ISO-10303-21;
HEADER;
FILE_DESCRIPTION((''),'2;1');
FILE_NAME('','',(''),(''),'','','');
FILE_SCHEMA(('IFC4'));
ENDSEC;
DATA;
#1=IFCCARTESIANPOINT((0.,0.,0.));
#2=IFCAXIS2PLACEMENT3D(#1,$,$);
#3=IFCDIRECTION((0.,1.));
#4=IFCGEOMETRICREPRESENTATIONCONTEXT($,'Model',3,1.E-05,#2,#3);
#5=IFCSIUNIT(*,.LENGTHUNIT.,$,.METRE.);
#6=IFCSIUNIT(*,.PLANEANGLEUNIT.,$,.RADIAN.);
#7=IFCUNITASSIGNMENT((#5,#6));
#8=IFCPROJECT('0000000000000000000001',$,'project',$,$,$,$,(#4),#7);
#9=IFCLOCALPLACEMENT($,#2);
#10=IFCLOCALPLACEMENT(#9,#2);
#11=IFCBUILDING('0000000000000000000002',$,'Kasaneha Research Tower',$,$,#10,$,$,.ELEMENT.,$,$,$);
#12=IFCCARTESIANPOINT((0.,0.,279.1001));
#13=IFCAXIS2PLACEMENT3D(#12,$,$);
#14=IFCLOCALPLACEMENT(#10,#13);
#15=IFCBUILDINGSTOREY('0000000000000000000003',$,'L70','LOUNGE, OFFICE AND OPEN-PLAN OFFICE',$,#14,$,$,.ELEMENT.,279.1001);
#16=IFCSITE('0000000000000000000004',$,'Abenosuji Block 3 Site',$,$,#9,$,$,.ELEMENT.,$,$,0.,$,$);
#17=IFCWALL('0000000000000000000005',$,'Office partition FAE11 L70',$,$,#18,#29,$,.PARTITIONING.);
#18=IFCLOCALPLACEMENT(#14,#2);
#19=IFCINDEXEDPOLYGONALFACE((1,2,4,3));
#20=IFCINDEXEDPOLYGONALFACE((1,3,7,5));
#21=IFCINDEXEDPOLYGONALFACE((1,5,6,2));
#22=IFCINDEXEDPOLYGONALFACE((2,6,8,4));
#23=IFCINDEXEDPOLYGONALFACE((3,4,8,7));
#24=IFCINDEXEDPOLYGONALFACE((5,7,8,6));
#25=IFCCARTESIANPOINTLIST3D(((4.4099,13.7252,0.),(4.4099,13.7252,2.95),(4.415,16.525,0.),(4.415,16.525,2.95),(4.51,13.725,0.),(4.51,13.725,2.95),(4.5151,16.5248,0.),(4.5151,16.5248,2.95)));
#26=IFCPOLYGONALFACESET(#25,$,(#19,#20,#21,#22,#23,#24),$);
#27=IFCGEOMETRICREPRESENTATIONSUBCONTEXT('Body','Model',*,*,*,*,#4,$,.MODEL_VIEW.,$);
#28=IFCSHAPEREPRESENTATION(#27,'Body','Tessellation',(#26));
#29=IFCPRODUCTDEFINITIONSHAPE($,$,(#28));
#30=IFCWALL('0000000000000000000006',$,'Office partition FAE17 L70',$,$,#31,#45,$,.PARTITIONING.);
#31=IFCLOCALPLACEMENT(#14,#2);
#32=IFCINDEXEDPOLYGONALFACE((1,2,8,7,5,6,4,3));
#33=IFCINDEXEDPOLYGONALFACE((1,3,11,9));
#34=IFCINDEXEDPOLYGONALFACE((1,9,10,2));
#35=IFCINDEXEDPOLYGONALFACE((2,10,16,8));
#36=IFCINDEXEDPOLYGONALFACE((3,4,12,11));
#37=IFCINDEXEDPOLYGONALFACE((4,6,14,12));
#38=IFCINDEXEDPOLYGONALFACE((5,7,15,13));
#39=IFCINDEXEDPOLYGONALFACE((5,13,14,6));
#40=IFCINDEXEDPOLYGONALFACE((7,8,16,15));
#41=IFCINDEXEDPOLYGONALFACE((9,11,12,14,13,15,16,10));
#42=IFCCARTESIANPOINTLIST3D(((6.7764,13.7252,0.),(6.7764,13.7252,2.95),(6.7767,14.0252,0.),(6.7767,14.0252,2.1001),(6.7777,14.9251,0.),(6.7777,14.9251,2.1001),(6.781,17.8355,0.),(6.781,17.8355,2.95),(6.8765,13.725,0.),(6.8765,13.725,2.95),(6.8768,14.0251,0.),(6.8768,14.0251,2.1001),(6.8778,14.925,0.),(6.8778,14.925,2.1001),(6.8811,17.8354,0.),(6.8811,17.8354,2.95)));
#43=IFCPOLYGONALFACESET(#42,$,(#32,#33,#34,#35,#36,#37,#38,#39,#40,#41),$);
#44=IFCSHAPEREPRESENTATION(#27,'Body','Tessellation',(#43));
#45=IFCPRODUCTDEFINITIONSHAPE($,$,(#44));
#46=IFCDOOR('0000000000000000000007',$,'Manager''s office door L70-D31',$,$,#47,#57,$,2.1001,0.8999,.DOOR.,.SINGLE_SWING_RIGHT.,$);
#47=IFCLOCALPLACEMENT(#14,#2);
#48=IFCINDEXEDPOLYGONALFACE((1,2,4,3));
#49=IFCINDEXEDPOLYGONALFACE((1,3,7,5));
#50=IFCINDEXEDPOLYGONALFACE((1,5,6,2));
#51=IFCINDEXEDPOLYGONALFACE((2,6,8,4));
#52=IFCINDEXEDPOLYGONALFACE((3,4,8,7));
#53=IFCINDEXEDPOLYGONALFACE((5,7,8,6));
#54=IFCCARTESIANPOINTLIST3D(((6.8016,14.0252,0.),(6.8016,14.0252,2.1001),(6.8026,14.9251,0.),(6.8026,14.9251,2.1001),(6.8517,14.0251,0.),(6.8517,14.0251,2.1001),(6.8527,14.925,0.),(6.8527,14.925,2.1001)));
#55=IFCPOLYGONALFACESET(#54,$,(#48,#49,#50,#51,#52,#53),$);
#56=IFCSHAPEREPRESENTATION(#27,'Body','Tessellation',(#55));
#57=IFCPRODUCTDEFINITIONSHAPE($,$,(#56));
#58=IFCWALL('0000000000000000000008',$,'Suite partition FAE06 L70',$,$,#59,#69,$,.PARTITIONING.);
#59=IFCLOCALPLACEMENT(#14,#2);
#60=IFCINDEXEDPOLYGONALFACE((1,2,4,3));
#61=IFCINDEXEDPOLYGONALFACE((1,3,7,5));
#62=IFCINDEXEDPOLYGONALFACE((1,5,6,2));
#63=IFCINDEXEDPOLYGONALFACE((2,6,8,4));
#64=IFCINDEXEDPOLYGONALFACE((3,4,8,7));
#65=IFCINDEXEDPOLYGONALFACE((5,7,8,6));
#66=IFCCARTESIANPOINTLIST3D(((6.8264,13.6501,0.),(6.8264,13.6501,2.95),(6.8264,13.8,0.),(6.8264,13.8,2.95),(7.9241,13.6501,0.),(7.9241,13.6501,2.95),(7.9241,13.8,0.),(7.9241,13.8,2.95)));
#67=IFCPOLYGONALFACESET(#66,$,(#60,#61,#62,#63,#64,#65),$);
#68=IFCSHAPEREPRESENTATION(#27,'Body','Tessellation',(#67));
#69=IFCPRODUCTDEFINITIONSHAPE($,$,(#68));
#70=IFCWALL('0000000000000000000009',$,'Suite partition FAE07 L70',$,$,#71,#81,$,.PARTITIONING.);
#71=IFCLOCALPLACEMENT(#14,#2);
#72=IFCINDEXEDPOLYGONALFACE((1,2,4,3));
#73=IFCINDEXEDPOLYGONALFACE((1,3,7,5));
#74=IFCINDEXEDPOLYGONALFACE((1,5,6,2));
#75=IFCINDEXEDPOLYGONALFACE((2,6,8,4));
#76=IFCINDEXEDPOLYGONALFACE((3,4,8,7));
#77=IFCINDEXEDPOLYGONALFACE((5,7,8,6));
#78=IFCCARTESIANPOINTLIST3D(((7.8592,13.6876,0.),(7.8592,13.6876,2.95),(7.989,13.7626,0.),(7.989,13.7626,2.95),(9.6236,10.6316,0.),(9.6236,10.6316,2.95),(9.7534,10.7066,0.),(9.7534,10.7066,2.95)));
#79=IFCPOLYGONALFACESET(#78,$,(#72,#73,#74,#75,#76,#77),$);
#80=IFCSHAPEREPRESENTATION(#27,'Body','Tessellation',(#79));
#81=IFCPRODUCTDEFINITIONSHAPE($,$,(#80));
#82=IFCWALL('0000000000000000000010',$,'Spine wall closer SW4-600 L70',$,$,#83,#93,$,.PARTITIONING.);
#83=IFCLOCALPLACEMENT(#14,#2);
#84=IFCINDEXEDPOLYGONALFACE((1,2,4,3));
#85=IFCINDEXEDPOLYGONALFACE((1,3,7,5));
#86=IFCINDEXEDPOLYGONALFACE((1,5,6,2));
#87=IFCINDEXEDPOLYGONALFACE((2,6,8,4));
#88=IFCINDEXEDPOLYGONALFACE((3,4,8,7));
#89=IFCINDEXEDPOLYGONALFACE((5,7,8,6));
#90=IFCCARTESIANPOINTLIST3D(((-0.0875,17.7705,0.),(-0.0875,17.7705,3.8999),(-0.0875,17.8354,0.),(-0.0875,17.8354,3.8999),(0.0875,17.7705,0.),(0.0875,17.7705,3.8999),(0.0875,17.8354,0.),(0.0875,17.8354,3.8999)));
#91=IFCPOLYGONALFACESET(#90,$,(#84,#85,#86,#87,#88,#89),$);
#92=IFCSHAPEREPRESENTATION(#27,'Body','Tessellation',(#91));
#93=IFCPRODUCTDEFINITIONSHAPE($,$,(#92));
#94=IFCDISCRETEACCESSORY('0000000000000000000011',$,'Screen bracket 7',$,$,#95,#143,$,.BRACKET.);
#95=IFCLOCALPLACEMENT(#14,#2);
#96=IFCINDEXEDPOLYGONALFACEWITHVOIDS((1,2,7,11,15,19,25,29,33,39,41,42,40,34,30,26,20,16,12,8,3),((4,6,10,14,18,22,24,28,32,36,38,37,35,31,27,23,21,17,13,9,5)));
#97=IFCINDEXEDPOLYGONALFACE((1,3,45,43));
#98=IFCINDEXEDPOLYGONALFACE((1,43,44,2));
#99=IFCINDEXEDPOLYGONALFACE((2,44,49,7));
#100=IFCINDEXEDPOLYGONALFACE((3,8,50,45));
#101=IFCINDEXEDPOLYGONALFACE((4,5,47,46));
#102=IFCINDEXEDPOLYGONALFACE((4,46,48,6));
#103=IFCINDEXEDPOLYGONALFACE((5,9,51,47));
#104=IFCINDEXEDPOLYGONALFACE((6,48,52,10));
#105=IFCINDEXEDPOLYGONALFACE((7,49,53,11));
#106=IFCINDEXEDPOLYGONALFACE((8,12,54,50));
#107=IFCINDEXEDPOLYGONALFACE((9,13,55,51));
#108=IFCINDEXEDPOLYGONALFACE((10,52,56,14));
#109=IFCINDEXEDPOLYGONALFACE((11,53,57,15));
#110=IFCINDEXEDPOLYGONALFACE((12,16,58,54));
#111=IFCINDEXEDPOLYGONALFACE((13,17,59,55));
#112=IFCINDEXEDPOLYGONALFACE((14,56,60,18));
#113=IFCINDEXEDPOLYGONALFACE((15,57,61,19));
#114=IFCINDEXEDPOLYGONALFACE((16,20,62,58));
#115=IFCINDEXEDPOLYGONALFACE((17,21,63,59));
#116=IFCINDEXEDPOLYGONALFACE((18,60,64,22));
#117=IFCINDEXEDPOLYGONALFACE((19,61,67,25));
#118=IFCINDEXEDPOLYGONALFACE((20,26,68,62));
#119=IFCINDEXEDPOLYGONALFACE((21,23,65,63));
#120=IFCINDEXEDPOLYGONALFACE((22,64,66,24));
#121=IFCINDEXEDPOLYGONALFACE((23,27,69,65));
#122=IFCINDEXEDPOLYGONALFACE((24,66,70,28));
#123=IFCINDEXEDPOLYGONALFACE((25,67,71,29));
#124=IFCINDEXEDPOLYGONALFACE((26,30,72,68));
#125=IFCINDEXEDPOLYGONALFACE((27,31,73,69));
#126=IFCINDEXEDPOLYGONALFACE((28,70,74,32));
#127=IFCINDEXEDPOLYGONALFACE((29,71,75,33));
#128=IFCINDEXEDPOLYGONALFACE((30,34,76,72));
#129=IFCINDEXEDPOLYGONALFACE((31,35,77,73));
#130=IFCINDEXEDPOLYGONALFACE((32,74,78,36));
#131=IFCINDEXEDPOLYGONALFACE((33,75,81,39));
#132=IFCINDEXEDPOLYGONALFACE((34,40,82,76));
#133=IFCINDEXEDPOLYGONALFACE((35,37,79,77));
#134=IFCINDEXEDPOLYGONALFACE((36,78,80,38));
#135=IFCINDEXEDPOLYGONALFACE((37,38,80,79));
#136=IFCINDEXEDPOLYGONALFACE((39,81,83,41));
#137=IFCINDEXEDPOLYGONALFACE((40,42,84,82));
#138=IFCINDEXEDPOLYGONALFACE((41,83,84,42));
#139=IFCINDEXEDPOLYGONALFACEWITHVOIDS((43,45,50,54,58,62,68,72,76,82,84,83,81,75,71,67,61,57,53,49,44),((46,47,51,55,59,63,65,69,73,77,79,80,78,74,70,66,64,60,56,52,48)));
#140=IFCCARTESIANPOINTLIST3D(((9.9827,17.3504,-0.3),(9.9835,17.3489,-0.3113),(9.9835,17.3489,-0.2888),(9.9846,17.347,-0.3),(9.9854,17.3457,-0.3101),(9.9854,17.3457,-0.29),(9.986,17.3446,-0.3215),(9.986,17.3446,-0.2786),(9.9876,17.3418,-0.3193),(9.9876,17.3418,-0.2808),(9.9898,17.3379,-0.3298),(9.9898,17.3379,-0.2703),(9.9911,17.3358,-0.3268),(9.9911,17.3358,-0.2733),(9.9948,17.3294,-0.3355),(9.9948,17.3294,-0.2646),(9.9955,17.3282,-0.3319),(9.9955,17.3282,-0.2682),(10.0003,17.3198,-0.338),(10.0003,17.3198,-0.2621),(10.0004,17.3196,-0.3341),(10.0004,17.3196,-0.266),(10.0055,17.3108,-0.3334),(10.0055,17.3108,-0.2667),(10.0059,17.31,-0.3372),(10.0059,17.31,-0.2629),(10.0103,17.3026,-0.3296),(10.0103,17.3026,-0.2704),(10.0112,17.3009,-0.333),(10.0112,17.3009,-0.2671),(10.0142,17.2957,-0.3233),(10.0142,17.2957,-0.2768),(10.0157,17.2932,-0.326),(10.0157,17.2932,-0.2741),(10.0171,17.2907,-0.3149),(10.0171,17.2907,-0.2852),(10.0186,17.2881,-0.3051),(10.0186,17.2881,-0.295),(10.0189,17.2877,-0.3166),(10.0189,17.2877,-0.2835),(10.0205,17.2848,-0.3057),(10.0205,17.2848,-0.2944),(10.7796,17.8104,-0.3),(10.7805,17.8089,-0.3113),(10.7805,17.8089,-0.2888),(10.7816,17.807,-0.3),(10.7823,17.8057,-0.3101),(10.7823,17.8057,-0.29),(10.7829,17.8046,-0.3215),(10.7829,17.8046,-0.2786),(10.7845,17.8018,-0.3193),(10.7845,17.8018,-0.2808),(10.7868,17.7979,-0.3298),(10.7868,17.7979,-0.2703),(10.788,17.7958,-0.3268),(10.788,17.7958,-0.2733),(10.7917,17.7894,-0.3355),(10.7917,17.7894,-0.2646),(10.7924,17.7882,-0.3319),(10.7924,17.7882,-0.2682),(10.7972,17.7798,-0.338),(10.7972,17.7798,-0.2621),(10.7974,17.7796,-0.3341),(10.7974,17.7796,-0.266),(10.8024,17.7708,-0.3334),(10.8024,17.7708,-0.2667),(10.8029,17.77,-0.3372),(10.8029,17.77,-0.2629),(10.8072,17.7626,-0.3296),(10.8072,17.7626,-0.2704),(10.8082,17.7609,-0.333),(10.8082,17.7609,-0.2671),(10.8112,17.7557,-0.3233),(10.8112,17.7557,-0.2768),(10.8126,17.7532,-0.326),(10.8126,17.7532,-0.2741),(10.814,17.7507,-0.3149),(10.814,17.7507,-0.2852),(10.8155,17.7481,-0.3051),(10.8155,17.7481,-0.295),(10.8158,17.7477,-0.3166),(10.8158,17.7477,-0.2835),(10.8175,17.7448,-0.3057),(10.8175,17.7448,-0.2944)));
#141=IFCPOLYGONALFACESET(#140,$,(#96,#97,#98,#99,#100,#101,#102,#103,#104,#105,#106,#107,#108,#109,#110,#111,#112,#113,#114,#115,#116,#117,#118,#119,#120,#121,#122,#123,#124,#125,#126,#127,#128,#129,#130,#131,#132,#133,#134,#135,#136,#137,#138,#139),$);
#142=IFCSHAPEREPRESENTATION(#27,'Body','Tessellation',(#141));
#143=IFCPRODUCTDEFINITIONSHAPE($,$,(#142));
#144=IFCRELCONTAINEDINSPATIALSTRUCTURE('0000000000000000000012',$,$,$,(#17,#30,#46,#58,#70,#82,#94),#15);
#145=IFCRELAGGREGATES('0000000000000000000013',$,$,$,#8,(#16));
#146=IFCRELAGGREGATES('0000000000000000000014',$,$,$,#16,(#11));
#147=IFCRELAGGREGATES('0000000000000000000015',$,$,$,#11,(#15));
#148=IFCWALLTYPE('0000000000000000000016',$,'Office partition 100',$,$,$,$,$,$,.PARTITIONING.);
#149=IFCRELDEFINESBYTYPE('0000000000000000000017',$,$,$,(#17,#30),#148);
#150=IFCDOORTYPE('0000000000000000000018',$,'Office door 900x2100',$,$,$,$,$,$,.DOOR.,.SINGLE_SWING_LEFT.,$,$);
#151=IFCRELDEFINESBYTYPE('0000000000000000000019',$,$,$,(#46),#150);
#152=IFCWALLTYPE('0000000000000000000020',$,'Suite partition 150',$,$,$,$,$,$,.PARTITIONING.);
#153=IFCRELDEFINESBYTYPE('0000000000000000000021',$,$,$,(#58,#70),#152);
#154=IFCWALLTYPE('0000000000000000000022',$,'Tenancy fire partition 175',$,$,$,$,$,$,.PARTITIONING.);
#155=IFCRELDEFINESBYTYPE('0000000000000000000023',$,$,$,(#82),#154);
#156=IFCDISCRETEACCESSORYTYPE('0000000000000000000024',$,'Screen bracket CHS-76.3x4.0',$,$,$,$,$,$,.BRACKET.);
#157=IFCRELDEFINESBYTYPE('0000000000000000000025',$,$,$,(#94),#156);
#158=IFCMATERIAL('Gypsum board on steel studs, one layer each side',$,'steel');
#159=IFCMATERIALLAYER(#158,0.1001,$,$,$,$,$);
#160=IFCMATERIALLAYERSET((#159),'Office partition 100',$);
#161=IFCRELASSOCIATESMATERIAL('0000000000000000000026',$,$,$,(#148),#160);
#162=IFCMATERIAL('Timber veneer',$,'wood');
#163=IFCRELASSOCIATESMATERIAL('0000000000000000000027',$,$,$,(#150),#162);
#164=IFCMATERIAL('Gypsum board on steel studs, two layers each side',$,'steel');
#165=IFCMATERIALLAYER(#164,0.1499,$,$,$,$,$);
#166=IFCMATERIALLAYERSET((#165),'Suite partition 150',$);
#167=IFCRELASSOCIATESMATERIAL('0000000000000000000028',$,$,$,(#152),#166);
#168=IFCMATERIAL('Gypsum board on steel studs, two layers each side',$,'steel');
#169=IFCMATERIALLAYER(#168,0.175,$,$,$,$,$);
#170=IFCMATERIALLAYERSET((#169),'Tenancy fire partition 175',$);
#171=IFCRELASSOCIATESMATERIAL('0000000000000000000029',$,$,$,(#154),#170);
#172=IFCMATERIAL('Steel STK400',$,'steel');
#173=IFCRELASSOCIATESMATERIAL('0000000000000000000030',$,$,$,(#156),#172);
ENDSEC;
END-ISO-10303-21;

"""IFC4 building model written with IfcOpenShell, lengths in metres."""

from ifc_helpers import new_model, si_unit, direction, frame, frame_2d, origin, origin_2d, place, context, subcontext, project, spatial, rectangle, hollow_circle, extrude, material, layer, layer_set, material_profile, profile_set, type_object, element, fill, save


model = new_model("IFC4")

# Units and contexts
model_context = context("Model", 3, precision=1e-05, world=origin(), true_north=direction((0.0, 1.0)))
body_context = subcontext(model_context, "Body", "Model", "MODEL_VIEW")
ifc_project = project(units=[si_unit("LENGTHUNIT", "METRE"), si_unit("PLANEANGLEUNIT", "RADIAN")], contexts=[model_context])

# Site, building, storey
site_placement = place(None, origin())
site = spatial("IfcSite", under=ifc_project, at=site_placement, Name="Abenosuji Block 3 Site", CompositionType="ELEMENT", RefElevation=0.0)
building_placement = place(site_placement, origin())
building = spatial("IfcBuilding", under=site, at=building_placement, Name="Kasaneha Research Tower", CompositionType="ELEMENT")
storey_placement = place(building_placement, frame((0.0, 0.0, 279.1001)))
storey = spatial("IfcBuildingStorey", under=building, at=storey_placement, Name="L70", Description="LOUNGE, OFFICE AND OPEN-PLAN OFFICE", CompositionType="ELEMENT", Elevation=279.1001)

# Wall
ifc_material_1 = material(Name="Gypsum board on steel studs, one layer each side", Category="steel")
ifc_layer_1 = layer(ifc_material_1, 0.1001)
ifc_layer_set_1 = layer_set([ifc_layer_1], Name="Office partition 100")
wall_type_1 = type_object("IfcWallType", Name="Office partition 100", PredefinedType="PARTITIONING", material=ifc_layer_set_1)
wall_1_placement = place(storey_placement, frame((4.4651, 16.5249, 0.0), z_axis=(0.0, 0.0, 1.0), x_axis=(-0.001831, -0.999998, 0.0)))
element("IfcWall", 1, at=wall_1_placement, inside=storey, type_object=wall_type_1, Name="Office partition FAE11 L70", PredefinedType="PARTITIONING", context=body_context, shape_type="SweptSolid", body=[
    extrude(rectangle(XDim=2.7998, YDim=0.1001, at=frame_2d((1.3999, 0.0))), origin(), (0.0, 0.0, 1.0), 2.95),
])

# Wall, opening, door
wall_2_placement = place(storey_placement, frame((6.8311, 17.8354, 0.0), z_axis=(0.0, 0.0, 1.0), x_axis=(-0.001129, -0.999999, 0.0)))
wall_2 = element("IfcWall", 2, at=wall_2_placement, inside=storey, type_object=wall_type_1, Name="Office partition FAE17 L70", PredefinedType="PARTITIONING", context=body_context, shape_type="SweptSolid", body=[
    extrude(rectangle(XDim=4.1104, YDim=0.1001, at=frame_2d((2.0552, 0.0))), origin(), (0.0, 0.0, 1.0), 2.95),
])
opening_placement = place(wall_2_placement, frame((2.9104, 0.0, 0.0)))
opening = element("IfcOpeningElement", 3, at=opening_placement, cuts=wall_2, PredefinedType="OPENING", context=body_context, shape_type="SweptSolid", body=[
    extrude(rectangle(XDim=0.8999, YDim=2.1001, at=frame_2d((0.45, 1.05))), frame((0.0, 0.0601, 0.0), z_axis=(0.0, -1.0, 0.0), x_axis=(1.0, 0.0, 0.0)), (0.0, 0.0, 1.0), 0.1201),
])
ifc_material_2 = material(Name="Timber veneer", Category="wood")
door_type = type_object("IfcDoorType", Name="Office door 900x2100", OperationType="SINGLE_SWING_LEFT", PredefinedType="DOOR", material=ifc_material_2)
door_placement = place(opening_placement, origin())
door = element("IfcDoor", 4, at=door_placement, inside=storey, type_object=door_type, Name="Manager's office door L70-D31", OperationType="SINGLE_SWING_RIGHT", OverallHeight=2.1001, OverallWidth=0.8999, PredefinedType="DOOR", context=body_context, shape_type="SweptSolid", body=[
    extrude(rectangle(XDim=0.8999, YDim=2.1001, at=frame_2d((0.45, 1.05))), frame((0.0, 0.0249, 0.0), z_axis=(0.0, -1.0, 0.0), x_axis=(1.0, 0.0, 0.0)), (0.0, 0.0, 1.0), 0.05),
])
fill(opening, door)

# Walls
ifc_material_3 = material(Name="Gypsum board on steel studs, two layers each side", Category="steel")
ifc_layer_2 = layer(ifc_material_3, 0.1499)
ifc_layer_set_2 = layer_set([ifc_layer_2], Name="Suite partition 150")
wall_type_2 = type_object("IfcWallType", Name="Suite partition 150", PredefinedType="PARTITIONING", material=ifc_layer_set_2)
wall_3_placement = place(storey_placement, frame((6.8264, 13.7251, 0.0), z_axis=(0.0, 0.0, 1.0), x_axis=(1.0, 0.0, 0.0)))
element("IfcWall", 5, at=wall_3_placement, inside=storey, type_object=wall_type_2, Name="Suite partition FAE06 L70", PredefinedType="PARTITIONING", context=body_context, shape_type="SweptSolid", body=[
    extrude(rectangle(XDim=1.0977, YDim=0.1499, at=frame_2d((0.5488, 0.0))), origin(), (0.0, 0.0, 1.0), 2.95),
])
wall_4_placement = place(storey_placement, frame((7.9241, 13.7251, 0.0), z_axis=(0.0, 0.0, 1.0), x_axis=(0.500016, -0.866016, 0.0)))
element("IfcWall", 6, at=wall_4_placement, inside=storey, type_object=wall_type_2, Name="Suite partition FAE07 L70", PredefinedType="PARTITIONING", context=body_context, shape_type="SweptSolid", body=[
    extrude(rectangle(XDim=3.5288, YDim=0.1499, at=frame_2d((1.7644, 0.0))), origin(), (0.0, 0.0, 1.0), 2.95),
])
ifc_material_4 = material(Name="Gypsum board on steel studs, two layers each side", Category="steel")
ifc_layer_3 = layer(ifc_material_4, 0.175)
ifc_layer_set_3 = layer_set([ifc_layer_3], Name="Tenancy fire partition 175")
wall_type_3 = type_object("IfcWallType", Name="Tenancy fire partition 175", PredefinedType="PARTITIONING", material=ifc_layer_set_3)
wall_5_placement = place(storey_placement, frame((0.0, 17.7705, 0.0), z_axis=(0.0, 0.0, 1.0), x_axis=(0.0, 1.0, 0.0)))
element("IfcWall", 7, at=wall_5_placement, inside=storey, type_object=wall_type_3, Name="Spine wall closer SW4-600 L70", PredefinedType="PARTITIONING", context=body_context, shape_type="SweptSolid", body=[
    extrude(rectangle(XDim=0.0649, YDim=0.175, at=frame_2d((0.0325, 0.0))), origin(), (0.0, 0.0, 1.0), 3.8999),
])

# Discrete accessory
ifc_material_5 = material(Name="Steel STK400", Category="steel")
ifc_material_profile_1 = material_profile(ifc_material_5, hollow_circle(Radius=0.0381, WallThickness=0.0039, at=origin_2d()), Name="CHS-76.3x4.0")
ifc_profile_set_1 = profile_set([ifc_material_profile_1], Name="Steel STK400")
discrete_accessory_type = type_object("IfcDiscreteAccessoryType", Name="Screen bracket CHS-76.3x4.0", PredefinedType="BRACKET", material=ifc_profile_set_1)
discrete_accessory_placement = place(storey_placement, frame((10.0017, 17.3174, -0.3), z_axis=(0.86608, 0.499906, 0.0), x_axis=(-0.499906, 0.86608, 0.0)))
element("IfcDiscreteAccessory", 8, at=discrete_accessory_placement, inside=storey, type_object=discrete_accessory_type, Name="Screen bracket 7", PredefinedType="BRACKET", context=body_context, shape_type="SweptSolid", body=[
    extrude(hollow_circle(Radius=0.0381, WallThickness=0.0039, at=origin_2d()), origin(), (0.0, 0.0, 1.0), 0.9202),
])

save(model, "model.ifc")
